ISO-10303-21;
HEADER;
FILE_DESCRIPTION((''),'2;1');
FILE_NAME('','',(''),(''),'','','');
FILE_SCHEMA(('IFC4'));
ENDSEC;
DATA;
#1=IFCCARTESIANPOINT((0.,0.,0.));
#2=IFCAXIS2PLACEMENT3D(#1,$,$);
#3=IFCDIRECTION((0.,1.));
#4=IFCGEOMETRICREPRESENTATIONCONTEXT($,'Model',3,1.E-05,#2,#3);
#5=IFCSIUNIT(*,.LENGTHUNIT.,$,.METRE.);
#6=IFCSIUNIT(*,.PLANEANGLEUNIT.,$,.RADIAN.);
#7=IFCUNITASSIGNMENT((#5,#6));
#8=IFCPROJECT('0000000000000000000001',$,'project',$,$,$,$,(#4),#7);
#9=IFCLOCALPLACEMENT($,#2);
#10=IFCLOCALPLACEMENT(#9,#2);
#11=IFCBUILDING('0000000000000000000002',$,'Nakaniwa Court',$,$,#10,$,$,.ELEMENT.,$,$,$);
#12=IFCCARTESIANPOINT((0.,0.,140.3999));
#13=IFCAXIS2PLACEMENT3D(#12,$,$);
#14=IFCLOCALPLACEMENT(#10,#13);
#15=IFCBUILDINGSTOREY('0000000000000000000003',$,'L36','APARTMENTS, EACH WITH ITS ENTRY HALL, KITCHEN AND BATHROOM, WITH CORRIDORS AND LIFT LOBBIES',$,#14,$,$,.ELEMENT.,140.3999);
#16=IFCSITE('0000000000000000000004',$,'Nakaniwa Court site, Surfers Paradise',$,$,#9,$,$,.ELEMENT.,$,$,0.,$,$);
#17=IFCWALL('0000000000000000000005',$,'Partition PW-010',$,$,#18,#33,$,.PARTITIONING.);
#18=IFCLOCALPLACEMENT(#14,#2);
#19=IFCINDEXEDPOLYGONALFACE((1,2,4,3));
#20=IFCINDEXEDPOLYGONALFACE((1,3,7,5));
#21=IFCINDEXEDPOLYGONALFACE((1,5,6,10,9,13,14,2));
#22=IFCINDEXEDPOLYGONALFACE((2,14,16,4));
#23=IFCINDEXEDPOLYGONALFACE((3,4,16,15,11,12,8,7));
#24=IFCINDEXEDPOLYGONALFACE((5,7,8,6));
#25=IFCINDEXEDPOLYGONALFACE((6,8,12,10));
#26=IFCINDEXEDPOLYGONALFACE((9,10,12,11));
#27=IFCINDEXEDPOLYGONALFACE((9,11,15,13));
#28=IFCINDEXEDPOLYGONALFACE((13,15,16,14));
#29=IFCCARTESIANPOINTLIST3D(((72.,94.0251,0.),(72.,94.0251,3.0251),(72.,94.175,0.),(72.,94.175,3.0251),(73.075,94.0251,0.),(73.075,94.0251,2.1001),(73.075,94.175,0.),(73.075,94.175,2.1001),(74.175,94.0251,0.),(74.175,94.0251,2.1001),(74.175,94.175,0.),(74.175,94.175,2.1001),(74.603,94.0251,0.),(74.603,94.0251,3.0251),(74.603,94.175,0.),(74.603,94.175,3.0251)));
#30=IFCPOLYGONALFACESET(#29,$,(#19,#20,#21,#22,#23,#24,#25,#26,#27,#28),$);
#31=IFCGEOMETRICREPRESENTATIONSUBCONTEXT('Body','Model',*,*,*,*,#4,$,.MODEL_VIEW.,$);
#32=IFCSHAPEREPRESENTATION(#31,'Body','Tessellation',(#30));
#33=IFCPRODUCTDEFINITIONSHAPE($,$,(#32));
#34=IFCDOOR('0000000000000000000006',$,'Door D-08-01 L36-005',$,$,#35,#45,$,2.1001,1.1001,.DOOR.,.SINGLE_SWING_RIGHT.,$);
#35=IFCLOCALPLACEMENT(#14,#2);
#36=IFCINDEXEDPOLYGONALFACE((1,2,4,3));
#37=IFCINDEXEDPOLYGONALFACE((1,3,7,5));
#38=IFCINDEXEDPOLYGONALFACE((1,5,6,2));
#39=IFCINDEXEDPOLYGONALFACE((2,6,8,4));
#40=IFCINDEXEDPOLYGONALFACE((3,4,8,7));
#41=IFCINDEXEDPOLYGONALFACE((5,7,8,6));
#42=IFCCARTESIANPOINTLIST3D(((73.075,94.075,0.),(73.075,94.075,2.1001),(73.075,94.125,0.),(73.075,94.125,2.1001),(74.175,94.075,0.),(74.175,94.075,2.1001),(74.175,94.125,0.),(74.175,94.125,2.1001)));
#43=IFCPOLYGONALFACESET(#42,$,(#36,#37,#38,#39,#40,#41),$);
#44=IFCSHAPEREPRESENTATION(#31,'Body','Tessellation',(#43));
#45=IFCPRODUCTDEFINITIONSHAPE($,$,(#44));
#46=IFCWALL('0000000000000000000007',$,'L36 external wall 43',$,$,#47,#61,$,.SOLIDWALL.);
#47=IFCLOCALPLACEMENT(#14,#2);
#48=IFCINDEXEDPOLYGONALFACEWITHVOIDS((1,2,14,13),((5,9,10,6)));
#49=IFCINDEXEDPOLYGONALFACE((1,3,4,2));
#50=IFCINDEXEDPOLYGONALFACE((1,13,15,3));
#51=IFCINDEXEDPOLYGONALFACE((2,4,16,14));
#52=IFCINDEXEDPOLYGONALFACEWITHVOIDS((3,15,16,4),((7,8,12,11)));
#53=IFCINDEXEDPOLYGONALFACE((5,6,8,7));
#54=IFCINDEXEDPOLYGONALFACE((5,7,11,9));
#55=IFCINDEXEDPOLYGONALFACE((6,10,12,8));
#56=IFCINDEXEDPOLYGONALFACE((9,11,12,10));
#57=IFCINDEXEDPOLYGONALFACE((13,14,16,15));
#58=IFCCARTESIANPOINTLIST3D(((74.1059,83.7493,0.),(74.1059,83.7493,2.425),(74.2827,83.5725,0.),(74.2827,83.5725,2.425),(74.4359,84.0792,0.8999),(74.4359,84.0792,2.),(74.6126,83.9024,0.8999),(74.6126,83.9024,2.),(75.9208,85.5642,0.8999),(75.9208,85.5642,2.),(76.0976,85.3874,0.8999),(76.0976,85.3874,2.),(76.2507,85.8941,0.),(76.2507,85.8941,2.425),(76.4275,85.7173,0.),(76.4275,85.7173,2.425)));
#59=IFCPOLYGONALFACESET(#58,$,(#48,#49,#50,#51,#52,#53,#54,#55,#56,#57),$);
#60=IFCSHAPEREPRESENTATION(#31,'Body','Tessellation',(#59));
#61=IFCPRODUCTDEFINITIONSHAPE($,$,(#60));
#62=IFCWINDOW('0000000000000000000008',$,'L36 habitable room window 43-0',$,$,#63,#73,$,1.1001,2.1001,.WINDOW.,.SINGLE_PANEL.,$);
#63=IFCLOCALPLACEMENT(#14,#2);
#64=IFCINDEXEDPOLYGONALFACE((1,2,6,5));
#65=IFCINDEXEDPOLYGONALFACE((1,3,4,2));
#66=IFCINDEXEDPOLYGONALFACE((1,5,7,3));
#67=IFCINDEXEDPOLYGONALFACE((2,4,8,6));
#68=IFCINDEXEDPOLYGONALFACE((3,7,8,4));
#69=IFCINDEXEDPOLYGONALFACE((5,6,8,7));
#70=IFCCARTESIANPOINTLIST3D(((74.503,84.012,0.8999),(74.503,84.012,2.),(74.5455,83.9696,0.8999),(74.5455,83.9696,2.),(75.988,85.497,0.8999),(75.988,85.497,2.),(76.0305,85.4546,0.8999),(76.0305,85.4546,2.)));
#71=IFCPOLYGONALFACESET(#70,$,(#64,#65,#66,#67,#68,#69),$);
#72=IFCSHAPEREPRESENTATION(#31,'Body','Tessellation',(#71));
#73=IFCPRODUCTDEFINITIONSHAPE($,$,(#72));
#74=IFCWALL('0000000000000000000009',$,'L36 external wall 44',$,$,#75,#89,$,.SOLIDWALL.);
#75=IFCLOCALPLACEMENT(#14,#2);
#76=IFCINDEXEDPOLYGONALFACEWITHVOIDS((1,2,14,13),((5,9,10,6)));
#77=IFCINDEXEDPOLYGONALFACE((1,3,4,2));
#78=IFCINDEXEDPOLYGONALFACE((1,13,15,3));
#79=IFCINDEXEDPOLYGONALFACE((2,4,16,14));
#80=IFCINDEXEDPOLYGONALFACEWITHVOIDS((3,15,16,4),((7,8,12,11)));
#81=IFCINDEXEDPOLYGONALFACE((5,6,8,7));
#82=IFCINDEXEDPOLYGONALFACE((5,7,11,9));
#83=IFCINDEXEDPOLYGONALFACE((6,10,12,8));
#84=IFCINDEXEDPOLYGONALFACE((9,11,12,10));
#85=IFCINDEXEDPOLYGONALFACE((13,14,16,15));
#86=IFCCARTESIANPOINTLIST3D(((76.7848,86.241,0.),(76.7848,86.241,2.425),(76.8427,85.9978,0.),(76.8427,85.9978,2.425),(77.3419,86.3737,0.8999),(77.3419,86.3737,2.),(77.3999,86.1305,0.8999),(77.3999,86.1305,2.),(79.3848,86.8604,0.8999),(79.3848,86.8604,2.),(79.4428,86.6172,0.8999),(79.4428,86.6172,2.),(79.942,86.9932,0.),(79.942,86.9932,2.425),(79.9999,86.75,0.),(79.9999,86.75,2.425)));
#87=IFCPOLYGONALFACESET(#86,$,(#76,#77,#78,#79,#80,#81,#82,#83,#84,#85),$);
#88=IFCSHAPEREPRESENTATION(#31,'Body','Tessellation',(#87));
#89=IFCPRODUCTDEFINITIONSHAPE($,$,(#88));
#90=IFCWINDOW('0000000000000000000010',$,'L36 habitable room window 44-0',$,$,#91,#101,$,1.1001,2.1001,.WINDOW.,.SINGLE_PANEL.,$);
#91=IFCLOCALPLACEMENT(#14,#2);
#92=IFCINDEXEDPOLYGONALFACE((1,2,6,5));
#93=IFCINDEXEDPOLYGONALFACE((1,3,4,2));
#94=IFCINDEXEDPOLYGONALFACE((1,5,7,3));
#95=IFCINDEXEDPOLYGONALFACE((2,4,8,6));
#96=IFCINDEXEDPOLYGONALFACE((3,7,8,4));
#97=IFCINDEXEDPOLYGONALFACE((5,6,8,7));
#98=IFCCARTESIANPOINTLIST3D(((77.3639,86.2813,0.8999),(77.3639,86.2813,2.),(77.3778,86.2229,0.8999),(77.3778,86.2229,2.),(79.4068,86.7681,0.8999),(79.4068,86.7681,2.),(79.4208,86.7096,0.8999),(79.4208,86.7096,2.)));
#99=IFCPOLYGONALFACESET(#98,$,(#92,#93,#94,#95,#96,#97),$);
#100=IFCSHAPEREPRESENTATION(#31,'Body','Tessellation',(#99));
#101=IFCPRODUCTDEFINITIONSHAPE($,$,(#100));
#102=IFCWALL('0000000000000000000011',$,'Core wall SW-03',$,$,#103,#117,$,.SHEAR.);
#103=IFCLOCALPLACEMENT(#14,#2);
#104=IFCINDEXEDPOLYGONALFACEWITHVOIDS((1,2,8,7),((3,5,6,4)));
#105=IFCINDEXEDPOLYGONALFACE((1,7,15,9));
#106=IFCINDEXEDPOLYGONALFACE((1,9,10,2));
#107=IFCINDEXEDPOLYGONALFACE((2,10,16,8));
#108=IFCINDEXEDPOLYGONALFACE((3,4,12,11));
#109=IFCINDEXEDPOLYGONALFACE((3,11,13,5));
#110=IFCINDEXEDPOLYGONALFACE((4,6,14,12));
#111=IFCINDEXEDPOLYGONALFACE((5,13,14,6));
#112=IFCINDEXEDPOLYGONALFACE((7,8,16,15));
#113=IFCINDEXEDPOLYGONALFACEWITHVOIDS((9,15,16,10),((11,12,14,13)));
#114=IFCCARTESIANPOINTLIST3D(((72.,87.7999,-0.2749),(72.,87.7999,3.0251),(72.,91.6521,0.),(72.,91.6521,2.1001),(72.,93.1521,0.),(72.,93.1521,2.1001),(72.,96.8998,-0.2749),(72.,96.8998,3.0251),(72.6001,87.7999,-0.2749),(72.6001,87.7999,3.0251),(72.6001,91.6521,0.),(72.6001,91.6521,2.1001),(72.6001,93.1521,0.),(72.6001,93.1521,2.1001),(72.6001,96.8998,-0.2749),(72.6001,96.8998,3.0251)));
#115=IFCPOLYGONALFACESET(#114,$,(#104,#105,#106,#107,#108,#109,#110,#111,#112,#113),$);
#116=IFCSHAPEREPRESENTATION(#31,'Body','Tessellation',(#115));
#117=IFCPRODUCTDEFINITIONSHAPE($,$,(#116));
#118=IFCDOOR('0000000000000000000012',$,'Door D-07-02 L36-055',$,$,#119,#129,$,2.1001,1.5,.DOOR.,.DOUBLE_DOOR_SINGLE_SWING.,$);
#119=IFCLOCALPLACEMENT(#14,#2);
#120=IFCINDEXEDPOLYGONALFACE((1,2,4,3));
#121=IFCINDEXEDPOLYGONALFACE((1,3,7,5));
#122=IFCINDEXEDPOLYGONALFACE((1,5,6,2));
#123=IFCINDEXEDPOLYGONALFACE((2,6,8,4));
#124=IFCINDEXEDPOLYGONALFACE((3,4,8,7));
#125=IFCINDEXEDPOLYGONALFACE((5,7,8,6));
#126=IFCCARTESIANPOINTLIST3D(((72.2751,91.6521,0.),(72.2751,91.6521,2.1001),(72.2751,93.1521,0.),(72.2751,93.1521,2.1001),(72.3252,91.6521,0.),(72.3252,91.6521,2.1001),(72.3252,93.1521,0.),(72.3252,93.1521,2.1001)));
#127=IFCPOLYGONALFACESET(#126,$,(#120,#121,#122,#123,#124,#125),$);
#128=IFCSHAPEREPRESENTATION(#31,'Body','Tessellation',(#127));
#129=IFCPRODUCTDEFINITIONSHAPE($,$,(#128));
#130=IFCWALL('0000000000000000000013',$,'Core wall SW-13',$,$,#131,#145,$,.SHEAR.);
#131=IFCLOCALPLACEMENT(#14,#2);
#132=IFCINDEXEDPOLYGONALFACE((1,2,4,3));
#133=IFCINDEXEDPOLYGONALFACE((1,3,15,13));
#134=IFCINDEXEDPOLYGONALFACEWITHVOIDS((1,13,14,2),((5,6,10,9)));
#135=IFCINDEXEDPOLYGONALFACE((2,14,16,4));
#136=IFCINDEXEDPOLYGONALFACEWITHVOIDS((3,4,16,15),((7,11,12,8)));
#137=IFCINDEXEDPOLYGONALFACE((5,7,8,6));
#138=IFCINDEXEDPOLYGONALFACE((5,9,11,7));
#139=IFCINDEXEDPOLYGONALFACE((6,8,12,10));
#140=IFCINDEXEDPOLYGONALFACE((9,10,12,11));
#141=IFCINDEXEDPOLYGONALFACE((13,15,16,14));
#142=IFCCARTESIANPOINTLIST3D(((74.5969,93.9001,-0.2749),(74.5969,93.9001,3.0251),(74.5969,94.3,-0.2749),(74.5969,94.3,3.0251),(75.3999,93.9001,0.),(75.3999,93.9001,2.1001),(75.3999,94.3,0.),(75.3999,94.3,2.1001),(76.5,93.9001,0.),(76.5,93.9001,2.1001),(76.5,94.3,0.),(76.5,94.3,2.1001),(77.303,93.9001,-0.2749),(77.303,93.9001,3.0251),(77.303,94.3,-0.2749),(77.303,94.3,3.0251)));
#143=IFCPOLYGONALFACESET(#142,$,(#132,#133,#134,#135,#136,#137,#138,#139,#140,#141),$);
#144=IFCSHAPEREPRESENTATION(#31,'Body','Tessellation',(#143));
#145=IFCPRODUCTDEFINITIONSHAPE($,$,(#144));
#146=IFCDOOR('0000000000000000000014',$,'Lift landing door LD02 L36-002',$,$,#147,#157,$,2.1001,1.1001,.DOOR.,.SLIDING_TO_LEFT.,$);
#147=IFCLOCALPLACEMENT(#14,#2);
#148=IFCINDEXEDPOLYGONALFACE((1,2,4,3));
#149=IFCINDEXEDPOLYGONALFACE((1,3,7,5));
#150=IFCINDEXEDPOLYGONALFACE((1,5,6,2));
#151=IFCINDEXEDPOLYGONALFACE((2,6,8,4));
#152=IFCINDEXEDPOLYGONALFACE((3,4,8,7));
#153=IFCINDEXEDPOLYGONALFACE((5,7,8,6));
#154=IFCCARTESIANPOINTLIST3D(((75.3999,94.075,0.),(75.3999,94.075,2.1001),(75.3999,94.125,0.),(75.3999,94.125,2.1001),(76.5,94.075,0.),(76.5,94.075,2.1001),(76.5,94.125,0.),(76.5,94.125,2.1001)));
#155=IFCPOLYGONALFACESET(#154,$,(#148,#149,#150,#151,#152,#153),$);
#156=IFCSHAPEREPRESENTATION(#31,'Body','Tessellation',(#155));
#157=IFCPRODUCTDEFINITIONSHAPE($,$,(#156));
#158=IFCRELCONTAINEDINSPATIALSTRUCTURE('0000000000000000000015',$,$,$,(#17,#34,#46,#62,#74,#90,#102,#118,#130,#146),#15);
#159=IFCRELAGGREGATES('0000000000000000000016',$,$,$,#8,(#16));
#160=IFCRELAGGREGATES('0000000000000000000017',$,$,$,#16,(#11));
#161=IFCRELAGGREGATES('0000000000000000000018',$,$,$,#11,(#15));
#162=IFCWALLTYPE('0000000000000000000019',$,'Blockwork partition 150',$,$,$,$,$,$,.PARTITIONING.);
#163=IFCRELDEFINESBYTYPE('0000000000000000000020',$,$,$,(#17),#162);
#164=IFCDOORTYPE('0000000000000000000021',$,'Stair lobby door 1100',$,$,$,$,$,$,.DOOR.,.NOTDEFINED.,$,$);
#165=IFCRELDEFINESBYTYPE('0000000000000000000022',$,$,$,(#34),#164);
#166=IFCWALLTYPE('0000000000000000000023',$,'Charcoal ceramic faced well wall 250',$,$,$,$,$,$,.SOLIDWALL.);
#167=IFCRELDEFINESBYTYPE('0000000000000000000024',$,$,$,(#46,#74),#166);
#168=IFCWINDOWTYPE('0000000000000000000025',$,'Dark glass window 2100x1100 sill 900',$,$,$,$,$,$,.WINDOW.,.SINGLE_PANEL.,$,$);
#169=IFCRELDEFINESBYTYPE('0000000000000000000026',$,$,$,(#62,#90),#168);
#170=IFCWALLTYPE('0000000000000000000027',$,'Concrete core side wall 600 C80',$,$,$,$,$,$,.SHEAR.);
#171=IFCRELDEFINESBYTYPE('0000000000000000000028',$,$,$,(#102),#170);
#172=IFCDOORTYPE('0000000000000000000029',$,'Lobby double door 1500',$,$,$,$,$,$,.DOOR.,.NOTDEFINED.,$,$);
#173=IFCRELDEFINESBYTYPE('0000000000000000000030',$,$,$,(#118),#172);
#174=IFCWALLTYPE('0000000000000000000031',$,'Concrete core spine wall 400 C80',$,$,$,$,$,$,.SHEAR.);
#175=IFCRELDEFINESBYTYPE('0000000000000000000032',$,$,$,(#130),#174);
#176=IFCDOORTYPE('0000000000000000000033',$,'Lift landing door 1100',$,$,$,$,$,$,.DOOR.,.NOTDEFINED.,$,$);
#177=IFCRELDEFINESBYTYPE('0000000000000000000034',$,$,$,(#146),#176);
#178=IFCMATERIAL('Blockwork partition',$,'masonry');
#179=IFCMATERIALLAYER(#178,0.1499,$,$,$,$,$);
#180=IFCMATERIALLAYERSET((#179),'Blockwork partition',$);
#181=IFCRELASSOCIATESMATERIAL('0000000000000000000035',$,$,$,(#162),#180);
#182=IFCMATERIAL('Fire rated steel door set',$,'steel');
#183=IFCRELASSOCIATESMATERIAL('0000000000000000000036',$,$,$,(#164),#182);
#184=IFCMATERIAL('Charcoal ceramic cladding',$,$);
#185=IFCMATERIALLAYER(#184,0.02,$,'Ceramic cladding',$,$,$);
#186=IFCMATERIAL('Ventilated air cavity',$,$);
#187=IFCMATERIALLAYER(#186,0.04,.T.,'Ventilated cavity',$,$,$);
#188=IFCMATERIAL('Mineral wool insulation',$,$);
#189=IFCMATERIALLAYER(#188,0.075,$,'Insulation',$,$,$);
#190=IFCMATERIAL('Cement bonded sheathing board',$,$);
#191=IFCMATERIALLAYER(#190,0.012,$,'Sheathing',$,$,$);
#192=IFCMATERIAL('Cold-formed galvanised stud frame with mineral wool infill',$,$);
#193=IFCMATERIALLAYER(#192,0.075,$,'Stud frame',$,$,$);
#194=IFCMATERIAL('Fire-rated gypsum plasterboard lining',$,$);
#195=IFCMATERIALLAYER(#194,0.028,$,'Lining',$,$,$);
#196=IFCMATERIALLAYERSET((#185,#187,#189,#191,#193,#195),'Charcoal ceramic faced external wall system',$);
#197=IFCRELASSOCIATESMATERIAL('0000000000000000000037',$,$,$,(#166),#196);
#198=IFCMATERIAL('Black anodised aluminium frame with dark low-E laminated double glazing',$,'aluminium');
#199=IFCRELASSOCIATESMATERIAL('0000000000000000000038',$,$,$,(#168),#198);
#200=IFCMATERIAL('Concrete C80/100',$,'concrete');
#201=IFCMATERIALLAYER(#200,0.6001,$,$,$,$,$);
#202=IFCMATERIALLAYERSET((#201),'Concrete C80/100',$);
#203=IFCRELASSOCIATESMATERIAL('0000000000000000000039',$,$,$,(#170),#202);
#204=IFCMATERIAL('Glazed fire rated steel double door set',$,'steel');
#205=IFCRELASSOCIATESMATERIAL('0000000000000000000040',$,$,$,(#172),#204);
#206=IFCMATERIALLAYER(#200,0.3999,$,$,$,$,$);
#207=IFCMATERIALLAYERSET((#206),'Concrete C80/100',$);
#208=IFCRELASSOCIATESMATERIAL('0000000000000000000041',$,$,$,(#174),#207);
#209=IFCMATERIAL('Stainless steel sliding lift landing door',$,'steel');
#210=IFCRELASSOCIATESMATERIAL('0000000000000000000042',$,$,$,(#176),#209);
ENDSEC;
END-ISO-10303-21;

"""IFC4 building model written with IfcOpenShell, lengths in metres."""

from ifc_helpers import new_model, si_unit, direction, frame, frame_2d, origin, place, context, subcontext, project, spatial, rectangle, extrude, material, layer, layer_set, type_object, element, fill, save


model = new_model("IFC4")

# Units and contexts
model_context = context("Model", 3, precision=1e-05, world=origin(), true_north=direction((0.0, 1.0)))
body_context = subcontext(model_context, "Body", "Model", "MODEL_VIEW")
ifc_project = project(units=[si_unit("LENGTHUNIT", "METRE"), si_unit("PLANEANGLEUNIT", "RADIAN")], contexts=[model_context])

# Site, building, storey
site_placement = place(None, origin())
site = spatial("IfcSite", under=ifc_project, at=site_placement, Name="Nakaniwa Court site, Surfers Paradise", CompositionType="ELEMENT", RefElevation=0.0)
building_placement = place(site_placement, origin())
building = spatial("IfcBuilding", under=site, at=building_placement, Name="Nakaniwa Court", CompositionType="ELEMENT")
storey_placement = place(building_placement, frame((0.0, 0.0, 140.3999)))
storey = spatial("IfcBuildingStorey", under=building, at=storey_placement, Name="L36", Description="APARTMENTS, EACH WITH ITS ENTRY HALL, KITCHEN AND BATHROOM, WITH CORRIDORS AND LIFT LOBBIES", CompositionType="ELEMENT", Elevation=140.3999)

# Shared definitions
ifc_material_1 = material(Name="Concrete C80/100", Category="concrete")

# Shared definitions
ifc_material_2 = material(Name="Blockwork partition", Category="masonry")
ifc_layer_1 = layer(ifc_material_2, 0.1499)
ifc_layer_set_1 = layer_set([ifc_layer_1], Name="Blockwork partition")
wall_type_1 = type_object("IfcWallType", Name="Blockwork partition 150", PredefinedType="PARTITIONING", material=ifc_layer_set_1)

# Wall, opening, door
wall_1_placement = place(storey_placement, frame((72.0, 94.1001, 0.0), z_axis=(0.0, 0.0, 1.0), x_axis=(1.0, 0.0, 0.0)))
wall_1 = element("IfcWall", 1, at=wall_1_placement, inside=storey, type_object=wall_type_1, Name="Partition PW-010", PredefinedType="PARTITIONING", context=body_context, shape_type="SweptSolid", body=[
    extrude(rectangle(XDim=2.603, YDim=0.1499, at=frame_2d((1.3015, 0.0))), origin(), (0.0, 0.0, 1.0), 3.0251),
])
opening_1_placement = place(wall_1_placement, frame((1.075, 0.0, 0.0)))
opening_1 = element("IfcOpeningElement", 2, at=opening_1_placement, cuts=wall_1, PredefinedType="OPENING", context=body_context, shape_type="SweptSolid", body=[
    extrude(rectangle(XDim=1.1001, YDim=2.1001, at=frame_2d((0.55, 1.05))), frame((0.0, 0.085, 0.0), z_axis=(0.0, -1.0, 0.0), x_axis=(1.0, 0.0, 0.0)), (0.0, 0.0, 1.0), 0.1699),
])
ifc_material_3 = material(Name="Fire rated steel door set", Category="steel")
door_type_1 = type_object("IfcDoorType", Name="Stair lobby door 1100", OperationType="NOTDEFINED", PredefinedType="DOOR", material=ifc_material_3)
door_1_placement = place(opening_1_placement, origin())
door_1 = element("IfcDoor", 3, at=door_1_placement, inside=storey, type_object=door_type_1, Name="Door D-08-01 L36-005", OperationType="SINGLE_SWING_RIGHT", OverallHeight=2.1001, OverallWidth=1.1001, PredefinedType="DOOR", context=body_context, shape_type="SweptSolid", body=[
    extrude(rectangle(XDim=1.1001, YDim=2.1001, at=frame_2d((0.55, 1.05))), frame((0.0, 0.0249, 0.0), z_axis=(0.0, -1.0, 0.0), x_axis=(1.0, 0.0, 0.0)), (0.0, 0.0, 1.0), 0.05),
])
fill(opening_1, door_1)

# Walls, openings, windows
ifc_material_4 = material(Name="Charcoal ceramic cladding")
ifc_layer_2 = layer(ifc_material_4, 0.02, Name="Ceramic cladding")
ifc_material_5 = material(Name="Ventilated air cavity")
ifc_layer_3 = layer(ifc_material_5, 0.04, ventilated=True, Name="Ventilated cavity")
ifc_material_6 = material(Name="Mineral wool insulation")
ifc_layer_4 = layer(ifc_material_6, 0.075, Name="Insulation")
ifc_material_7 = material(Name="Cement bonded sheathing board")
ifc_layer_5 = layer(ifc_material_7, 0.012, Name="Sheathing")
ifc_material_8 = material(Name="Cold-formed galvanised stud frame with mineral wool infill")
ifc_layer_6 = layer(ifc_material_8, 0.075, Name="Stud frame")
ifc_material_9 = material(Name="Fire-rated gypsum plasterboard lining")
ifc_layer_7 = layer(ifc_material_9, 0.028, Name="Lining")
ifc_layer_set_2 = layer_set([ifc_layer_2, ifc_layer_3, ifc_layer_4, ifc_layer_5, ifc_layer_6, ifc_layer_7], Name="Charcoal ceramic faced external wall system")
wall_type_2 = type_object("IfcWallType", Name="Charcoal ceramic faced well wall 250", PredefinedType="SOLIDWALL", material=ifc_layer_set_2)
wall_2_placement = place(storey_placement, frame((74.1943, 83.6609, 0.0), z_axis=(0.0, 0.0, 1.0), x_axis=(0.707107, 0.707107, 0.0)))
wall_2 = element("IfcWall", 4, at=wall_2_placement, inside=storey, type_object=wall_type_2, Name="L36 external wall 43", PredefinedType="SOLIDWALL", context=body_context, shape_type="SweptSolid", body=[
    extrude(rectangle(XDim=3.0332, YDim=0.25, at=frame_2d((1.5166, 0.0))), origin(), (0.0, 0.0, 1.0), 2.425),
])
opening_2_placement = place(wall_2_placement, frame((0.4666, 0.0, 0.8999)))
opening_2 = element("IfcOpeningElement", 5, at=opening_2_placement, cuts=wall_2, PredefinedType="OPENING", context=body_context, shape_type="SweptSolid", body=[
    extrude(rectangle(XDim=2.1001, YDim=1.1001, at=frame_2d((1.05, 0.55))), frame((0.0, 0.135, 0.0), z_axis=(0.0, -1.0, 0.0), x_axis=(1.0, 0.0, 0.0)), (0.0, 0.0, 1.0), 0.27),
])
ifc_material_10 = material(Name="Black anodised aluminium frame with dark low-E laminated double glazing", Category="aluminium")
window_type = type_object("IfcWindowType", Name="Dark glass window 2100x1100 sill 900", PartitioningType="SINGLE_PANEL", PredefinedType="WINDOW", material=ifc_material_10)
window_1_placement = place(opening_2_placement, origin())
window_1 = element("IfcWindow", 6, at=window_1_placement, inside=storey, type_object=window_type, Name="L36 habitable room window 43-0", OverallHeight=1.1001, OverallWidth=2.1001, PartitioningType="SINGLE_PANEL", PredefinedType="WINDOW", context=body_context, shape_type="SweptSolid", body=[
    extrude(rectangle(XDim=2.1001, YDim=1.1001, at=frame_2d((1.05, 0.55))), frame((0.0, 0.03, 0.0), z_axis=(0.0, -1.0, 0.0), x_axis=(1.0, 0.0, 0.0)), (0.0, 0.0, 1.0), 0.0601),
])
fill(opening_2, window_1)
wall_3_placement = place(storey_placement, frame((76.8137, 86.1194, 0.0), z_axis=(0.0, 0.0, 1.0), x_axis=(0.972773, 0.23176, 0.0)))
wall_3 = element("IfcWall", 7, at=wall_3_placement, inside=storey, type_object=wall_type_2, Name="L36 external wall 44", PredefinedType="SOLIDWALL", context=body_context, shape_type="SweptSolid", body=[
    extrude(rectangle(XDim=3.2456, YDim=0.25, at=frame_2d((1.6228, 0.0))), origin(), (0.0, 0.0, 1.0), 2.425),
])
opening_3_placement = place(wall_3_placement, frame((0.5728, 0.0, 0.8999)))
opening_3 = element("IfcOpeningElement", 8, at=opening_3_placement, cuts=wall_3, PredefinedType="OPENING", context=body_context, shape_type="SweptSolid", body=[
    extrude(rectangle(XDim=2.1001, YDim=1.1001, at=frame_2d((1.05, 0.55))), frame((0.0, 0.135, 0.0), z_axis=(0.0, -1.0, 0.0), x_axis=(1.0, 0.0, 0.0)), (0.0, 0.0, 1.0), 0.27),
])
window_2_placement = place(opening_3_placement, origin())
window_2 = element("IfcWindow", 9, at=window_2_placement, inside=storey, type_object=window_type, Name="L36 habitable room window 44-0", OverallHeight=1.1001, OverallWidth=2.1001, PartitioningType="SINGLE_PANEL", PredefinedType="WINDOW", context=body_context, shape_type="SweptSolid", body=[
    extrude(rectangle(XDim=2.1001, YDim=1.1001, at=frame_2d((1.05, 0.55))), frame((0.0, 0.03, 0.0), z_axis=(0.0, -1.0, 0.0), x_axis=(1.0, 0.0, 0.0)), (0.0, 0.0, 1.0), 0.0601),
])
fill(opening_3, window_2)

# Walls, openings, doors
ifc_layer_8 = layer(ifc_material_1, 0.6001)
ifc_layer_set_3 = layer_set([ifc_layer_8], Name="Concrete C80/100")
wall_type_3 = type_object("IfcWallType", Name="Concrete core side wall 600 C80", PredefinedType="SHEAR", material=ifc_layer_set_3)
wall_4_placement = place(storey_placement, frame((72.3, 87.8, -0.2749), z_axis=(0.0, 0.0, 1.0), x_axis=(0.0, 1.0, 0.0)))
wall_4 = element("IfcWall", 10, at=wall_4_placement, inside=storey, type_object=wall_type_3, Name="Core wall SW-03", PredefinedType="SHEAR", context=body_context, shape_type="SweptSolid", body=[
    extrude(rectangle(XDim=9.0999, YDim=0.6001, at=frame_2d((4.5498, 0.0))), origin(), (0.0, 0.0, 1.0), 3.3),
])
opening_4_placement = place(wall_4_placement, frame((3.8521, 0.0, 0.2749)))
opening_4 = element("IfcOpeningElement", 11, at=opening_4_placement, cuts=wall_4, PredefinedType="OPENING", context=body_context, shape_type="SweptSolid", body=[
    extrude(rectangle(XDim=1.5, YDim=2.1001, at=frame_2d((0.75, 1.05))), frame((0.0, 0.3101, 0.0), z_axis=(0.0, -1.0, 0.0), x_axis=(1.0, 0.0, 0.0)), (0.0, 0.0, 1.0), 0.6201),
])
ifc_material_11 = material(Name="Glazed fire rated steel double door set", Category="steel")
door_type_2 = type_object("IfcDoorType", Name="Lobby double door 1500", OperationType="NOTDEFINED", PredefinedType="DOOR", material=ifc_material_11)
door_2_placement = place(opening_4_placement, origin())
door_2 = element("IfcDoor", 12, at=door_2_placement, inside=storey, type_object=door_type_2, Name="Door D-07-02 L36-055", OperationType="DOUBLE_DOOR_SINGLE_SWING", OverallHeight=2.1001, OverallWidth=1.5, PredefinedType="DOOR", context=body_context, shape_type="SweptSolid", body=[
    extrude(rectangle(XDim=1.5, YDim=2.1001, at=frame_2d((0.75, 1.05))), frame((0.0, 0.0249, 0.0), z_axis=(0.0, -1.0, 0.0), x_axis=(1.0, 0.0, 0.0)), (0.0, 0.0, 1.0), 0.05),
])
fill(opening_4, door_2)
ifc_layer_9 = layer(ifc_material_1, 0.3999)
ifc_layer_set_4 = layer_set([ifc_layer_9], Name="Concrete C80/100")
wall_type_4 = type_object("IfcWallType", Name="Concrete core spine wall 400 C80", PredefinedType="SHEAR", material=ifc_layer_set_4)
wall_5_placement = place(storey_placement, frame((74.5969, 94.1001, -0.2749), z_axis=(0.0, 0.0, 1.0), x_axis=(1.0, 0.0, 0.0)))
wall_5 = element("IfcWall", 13, at=wall_5_placement, inside=storey, type_object=wall_type_4, Name="Core wall SW-13", PredefinedType="SHEAR", context=body_context, shape_type="SweptSolid", body=[
    extrude(rectangle(XDim=2.7061, YDim=0.3999, at=frame_2d((1.353, 0.0))), origin(), (0.0, 0.0, 1.0), 3.3),
])
opening_5_placement = place(wall_5_placement, frame((0.803, 0.0, 0.2749)))
opening_5 = element("IfcOpeningElement", 14, at=opening_5_placement, cuts=wall_5, PredefinedType="OPENING", context=body_context, shape_type="SweptSolid", body=[
    extrude(rectangle(XDim=1.1001, YDim=2.1001, at=frame_2d((0.55, 1.05))), frame((0.0, 0.21, 0.0), z_axis=(0.0, -1.0, 0.0), x_axis=(1.0, 0.0, 0.0)), (0.0, 0.0, 1.0), 0.4199),
])
ifc_material_12 = material(Name="Stainless steel sliding lift landing door", Category="steel")
door_type_3 = type_object("IfcDoorType", Name="Lift landing door 1100", OperationType="NOTDEFINED", PredefinedType="DOOR", material=ifc_material_12)
door_3_placement = place(opening_5_placement, origin())
door_3 = element("IfcDoor", 15, at=door_3_placement, inside=storey, type_object=door_type_3, Name="Lift landing door LD02 L36-002", OperationType="SLIDING_TO_LEFT", OverallHeight=2.1001, OverallWidth=1.1001, PredefinedType="DOOR", context=body_context, shape_type="SweptSolid", body=[
    extrude(rectangle(XDim=1.1001, YDim=2.1001, at=frame_2d((0.55, 1.05))), frame((0.0, 0.0249, 0.0), z_axis=(0.0, -1.0, 0.0), x_axis=(1.0, 0.0, 0.0)), (0.0, 0.0, 1.0), 0.05),
])
fill(opening_5, door_3)

save(model, "model.ifc")
